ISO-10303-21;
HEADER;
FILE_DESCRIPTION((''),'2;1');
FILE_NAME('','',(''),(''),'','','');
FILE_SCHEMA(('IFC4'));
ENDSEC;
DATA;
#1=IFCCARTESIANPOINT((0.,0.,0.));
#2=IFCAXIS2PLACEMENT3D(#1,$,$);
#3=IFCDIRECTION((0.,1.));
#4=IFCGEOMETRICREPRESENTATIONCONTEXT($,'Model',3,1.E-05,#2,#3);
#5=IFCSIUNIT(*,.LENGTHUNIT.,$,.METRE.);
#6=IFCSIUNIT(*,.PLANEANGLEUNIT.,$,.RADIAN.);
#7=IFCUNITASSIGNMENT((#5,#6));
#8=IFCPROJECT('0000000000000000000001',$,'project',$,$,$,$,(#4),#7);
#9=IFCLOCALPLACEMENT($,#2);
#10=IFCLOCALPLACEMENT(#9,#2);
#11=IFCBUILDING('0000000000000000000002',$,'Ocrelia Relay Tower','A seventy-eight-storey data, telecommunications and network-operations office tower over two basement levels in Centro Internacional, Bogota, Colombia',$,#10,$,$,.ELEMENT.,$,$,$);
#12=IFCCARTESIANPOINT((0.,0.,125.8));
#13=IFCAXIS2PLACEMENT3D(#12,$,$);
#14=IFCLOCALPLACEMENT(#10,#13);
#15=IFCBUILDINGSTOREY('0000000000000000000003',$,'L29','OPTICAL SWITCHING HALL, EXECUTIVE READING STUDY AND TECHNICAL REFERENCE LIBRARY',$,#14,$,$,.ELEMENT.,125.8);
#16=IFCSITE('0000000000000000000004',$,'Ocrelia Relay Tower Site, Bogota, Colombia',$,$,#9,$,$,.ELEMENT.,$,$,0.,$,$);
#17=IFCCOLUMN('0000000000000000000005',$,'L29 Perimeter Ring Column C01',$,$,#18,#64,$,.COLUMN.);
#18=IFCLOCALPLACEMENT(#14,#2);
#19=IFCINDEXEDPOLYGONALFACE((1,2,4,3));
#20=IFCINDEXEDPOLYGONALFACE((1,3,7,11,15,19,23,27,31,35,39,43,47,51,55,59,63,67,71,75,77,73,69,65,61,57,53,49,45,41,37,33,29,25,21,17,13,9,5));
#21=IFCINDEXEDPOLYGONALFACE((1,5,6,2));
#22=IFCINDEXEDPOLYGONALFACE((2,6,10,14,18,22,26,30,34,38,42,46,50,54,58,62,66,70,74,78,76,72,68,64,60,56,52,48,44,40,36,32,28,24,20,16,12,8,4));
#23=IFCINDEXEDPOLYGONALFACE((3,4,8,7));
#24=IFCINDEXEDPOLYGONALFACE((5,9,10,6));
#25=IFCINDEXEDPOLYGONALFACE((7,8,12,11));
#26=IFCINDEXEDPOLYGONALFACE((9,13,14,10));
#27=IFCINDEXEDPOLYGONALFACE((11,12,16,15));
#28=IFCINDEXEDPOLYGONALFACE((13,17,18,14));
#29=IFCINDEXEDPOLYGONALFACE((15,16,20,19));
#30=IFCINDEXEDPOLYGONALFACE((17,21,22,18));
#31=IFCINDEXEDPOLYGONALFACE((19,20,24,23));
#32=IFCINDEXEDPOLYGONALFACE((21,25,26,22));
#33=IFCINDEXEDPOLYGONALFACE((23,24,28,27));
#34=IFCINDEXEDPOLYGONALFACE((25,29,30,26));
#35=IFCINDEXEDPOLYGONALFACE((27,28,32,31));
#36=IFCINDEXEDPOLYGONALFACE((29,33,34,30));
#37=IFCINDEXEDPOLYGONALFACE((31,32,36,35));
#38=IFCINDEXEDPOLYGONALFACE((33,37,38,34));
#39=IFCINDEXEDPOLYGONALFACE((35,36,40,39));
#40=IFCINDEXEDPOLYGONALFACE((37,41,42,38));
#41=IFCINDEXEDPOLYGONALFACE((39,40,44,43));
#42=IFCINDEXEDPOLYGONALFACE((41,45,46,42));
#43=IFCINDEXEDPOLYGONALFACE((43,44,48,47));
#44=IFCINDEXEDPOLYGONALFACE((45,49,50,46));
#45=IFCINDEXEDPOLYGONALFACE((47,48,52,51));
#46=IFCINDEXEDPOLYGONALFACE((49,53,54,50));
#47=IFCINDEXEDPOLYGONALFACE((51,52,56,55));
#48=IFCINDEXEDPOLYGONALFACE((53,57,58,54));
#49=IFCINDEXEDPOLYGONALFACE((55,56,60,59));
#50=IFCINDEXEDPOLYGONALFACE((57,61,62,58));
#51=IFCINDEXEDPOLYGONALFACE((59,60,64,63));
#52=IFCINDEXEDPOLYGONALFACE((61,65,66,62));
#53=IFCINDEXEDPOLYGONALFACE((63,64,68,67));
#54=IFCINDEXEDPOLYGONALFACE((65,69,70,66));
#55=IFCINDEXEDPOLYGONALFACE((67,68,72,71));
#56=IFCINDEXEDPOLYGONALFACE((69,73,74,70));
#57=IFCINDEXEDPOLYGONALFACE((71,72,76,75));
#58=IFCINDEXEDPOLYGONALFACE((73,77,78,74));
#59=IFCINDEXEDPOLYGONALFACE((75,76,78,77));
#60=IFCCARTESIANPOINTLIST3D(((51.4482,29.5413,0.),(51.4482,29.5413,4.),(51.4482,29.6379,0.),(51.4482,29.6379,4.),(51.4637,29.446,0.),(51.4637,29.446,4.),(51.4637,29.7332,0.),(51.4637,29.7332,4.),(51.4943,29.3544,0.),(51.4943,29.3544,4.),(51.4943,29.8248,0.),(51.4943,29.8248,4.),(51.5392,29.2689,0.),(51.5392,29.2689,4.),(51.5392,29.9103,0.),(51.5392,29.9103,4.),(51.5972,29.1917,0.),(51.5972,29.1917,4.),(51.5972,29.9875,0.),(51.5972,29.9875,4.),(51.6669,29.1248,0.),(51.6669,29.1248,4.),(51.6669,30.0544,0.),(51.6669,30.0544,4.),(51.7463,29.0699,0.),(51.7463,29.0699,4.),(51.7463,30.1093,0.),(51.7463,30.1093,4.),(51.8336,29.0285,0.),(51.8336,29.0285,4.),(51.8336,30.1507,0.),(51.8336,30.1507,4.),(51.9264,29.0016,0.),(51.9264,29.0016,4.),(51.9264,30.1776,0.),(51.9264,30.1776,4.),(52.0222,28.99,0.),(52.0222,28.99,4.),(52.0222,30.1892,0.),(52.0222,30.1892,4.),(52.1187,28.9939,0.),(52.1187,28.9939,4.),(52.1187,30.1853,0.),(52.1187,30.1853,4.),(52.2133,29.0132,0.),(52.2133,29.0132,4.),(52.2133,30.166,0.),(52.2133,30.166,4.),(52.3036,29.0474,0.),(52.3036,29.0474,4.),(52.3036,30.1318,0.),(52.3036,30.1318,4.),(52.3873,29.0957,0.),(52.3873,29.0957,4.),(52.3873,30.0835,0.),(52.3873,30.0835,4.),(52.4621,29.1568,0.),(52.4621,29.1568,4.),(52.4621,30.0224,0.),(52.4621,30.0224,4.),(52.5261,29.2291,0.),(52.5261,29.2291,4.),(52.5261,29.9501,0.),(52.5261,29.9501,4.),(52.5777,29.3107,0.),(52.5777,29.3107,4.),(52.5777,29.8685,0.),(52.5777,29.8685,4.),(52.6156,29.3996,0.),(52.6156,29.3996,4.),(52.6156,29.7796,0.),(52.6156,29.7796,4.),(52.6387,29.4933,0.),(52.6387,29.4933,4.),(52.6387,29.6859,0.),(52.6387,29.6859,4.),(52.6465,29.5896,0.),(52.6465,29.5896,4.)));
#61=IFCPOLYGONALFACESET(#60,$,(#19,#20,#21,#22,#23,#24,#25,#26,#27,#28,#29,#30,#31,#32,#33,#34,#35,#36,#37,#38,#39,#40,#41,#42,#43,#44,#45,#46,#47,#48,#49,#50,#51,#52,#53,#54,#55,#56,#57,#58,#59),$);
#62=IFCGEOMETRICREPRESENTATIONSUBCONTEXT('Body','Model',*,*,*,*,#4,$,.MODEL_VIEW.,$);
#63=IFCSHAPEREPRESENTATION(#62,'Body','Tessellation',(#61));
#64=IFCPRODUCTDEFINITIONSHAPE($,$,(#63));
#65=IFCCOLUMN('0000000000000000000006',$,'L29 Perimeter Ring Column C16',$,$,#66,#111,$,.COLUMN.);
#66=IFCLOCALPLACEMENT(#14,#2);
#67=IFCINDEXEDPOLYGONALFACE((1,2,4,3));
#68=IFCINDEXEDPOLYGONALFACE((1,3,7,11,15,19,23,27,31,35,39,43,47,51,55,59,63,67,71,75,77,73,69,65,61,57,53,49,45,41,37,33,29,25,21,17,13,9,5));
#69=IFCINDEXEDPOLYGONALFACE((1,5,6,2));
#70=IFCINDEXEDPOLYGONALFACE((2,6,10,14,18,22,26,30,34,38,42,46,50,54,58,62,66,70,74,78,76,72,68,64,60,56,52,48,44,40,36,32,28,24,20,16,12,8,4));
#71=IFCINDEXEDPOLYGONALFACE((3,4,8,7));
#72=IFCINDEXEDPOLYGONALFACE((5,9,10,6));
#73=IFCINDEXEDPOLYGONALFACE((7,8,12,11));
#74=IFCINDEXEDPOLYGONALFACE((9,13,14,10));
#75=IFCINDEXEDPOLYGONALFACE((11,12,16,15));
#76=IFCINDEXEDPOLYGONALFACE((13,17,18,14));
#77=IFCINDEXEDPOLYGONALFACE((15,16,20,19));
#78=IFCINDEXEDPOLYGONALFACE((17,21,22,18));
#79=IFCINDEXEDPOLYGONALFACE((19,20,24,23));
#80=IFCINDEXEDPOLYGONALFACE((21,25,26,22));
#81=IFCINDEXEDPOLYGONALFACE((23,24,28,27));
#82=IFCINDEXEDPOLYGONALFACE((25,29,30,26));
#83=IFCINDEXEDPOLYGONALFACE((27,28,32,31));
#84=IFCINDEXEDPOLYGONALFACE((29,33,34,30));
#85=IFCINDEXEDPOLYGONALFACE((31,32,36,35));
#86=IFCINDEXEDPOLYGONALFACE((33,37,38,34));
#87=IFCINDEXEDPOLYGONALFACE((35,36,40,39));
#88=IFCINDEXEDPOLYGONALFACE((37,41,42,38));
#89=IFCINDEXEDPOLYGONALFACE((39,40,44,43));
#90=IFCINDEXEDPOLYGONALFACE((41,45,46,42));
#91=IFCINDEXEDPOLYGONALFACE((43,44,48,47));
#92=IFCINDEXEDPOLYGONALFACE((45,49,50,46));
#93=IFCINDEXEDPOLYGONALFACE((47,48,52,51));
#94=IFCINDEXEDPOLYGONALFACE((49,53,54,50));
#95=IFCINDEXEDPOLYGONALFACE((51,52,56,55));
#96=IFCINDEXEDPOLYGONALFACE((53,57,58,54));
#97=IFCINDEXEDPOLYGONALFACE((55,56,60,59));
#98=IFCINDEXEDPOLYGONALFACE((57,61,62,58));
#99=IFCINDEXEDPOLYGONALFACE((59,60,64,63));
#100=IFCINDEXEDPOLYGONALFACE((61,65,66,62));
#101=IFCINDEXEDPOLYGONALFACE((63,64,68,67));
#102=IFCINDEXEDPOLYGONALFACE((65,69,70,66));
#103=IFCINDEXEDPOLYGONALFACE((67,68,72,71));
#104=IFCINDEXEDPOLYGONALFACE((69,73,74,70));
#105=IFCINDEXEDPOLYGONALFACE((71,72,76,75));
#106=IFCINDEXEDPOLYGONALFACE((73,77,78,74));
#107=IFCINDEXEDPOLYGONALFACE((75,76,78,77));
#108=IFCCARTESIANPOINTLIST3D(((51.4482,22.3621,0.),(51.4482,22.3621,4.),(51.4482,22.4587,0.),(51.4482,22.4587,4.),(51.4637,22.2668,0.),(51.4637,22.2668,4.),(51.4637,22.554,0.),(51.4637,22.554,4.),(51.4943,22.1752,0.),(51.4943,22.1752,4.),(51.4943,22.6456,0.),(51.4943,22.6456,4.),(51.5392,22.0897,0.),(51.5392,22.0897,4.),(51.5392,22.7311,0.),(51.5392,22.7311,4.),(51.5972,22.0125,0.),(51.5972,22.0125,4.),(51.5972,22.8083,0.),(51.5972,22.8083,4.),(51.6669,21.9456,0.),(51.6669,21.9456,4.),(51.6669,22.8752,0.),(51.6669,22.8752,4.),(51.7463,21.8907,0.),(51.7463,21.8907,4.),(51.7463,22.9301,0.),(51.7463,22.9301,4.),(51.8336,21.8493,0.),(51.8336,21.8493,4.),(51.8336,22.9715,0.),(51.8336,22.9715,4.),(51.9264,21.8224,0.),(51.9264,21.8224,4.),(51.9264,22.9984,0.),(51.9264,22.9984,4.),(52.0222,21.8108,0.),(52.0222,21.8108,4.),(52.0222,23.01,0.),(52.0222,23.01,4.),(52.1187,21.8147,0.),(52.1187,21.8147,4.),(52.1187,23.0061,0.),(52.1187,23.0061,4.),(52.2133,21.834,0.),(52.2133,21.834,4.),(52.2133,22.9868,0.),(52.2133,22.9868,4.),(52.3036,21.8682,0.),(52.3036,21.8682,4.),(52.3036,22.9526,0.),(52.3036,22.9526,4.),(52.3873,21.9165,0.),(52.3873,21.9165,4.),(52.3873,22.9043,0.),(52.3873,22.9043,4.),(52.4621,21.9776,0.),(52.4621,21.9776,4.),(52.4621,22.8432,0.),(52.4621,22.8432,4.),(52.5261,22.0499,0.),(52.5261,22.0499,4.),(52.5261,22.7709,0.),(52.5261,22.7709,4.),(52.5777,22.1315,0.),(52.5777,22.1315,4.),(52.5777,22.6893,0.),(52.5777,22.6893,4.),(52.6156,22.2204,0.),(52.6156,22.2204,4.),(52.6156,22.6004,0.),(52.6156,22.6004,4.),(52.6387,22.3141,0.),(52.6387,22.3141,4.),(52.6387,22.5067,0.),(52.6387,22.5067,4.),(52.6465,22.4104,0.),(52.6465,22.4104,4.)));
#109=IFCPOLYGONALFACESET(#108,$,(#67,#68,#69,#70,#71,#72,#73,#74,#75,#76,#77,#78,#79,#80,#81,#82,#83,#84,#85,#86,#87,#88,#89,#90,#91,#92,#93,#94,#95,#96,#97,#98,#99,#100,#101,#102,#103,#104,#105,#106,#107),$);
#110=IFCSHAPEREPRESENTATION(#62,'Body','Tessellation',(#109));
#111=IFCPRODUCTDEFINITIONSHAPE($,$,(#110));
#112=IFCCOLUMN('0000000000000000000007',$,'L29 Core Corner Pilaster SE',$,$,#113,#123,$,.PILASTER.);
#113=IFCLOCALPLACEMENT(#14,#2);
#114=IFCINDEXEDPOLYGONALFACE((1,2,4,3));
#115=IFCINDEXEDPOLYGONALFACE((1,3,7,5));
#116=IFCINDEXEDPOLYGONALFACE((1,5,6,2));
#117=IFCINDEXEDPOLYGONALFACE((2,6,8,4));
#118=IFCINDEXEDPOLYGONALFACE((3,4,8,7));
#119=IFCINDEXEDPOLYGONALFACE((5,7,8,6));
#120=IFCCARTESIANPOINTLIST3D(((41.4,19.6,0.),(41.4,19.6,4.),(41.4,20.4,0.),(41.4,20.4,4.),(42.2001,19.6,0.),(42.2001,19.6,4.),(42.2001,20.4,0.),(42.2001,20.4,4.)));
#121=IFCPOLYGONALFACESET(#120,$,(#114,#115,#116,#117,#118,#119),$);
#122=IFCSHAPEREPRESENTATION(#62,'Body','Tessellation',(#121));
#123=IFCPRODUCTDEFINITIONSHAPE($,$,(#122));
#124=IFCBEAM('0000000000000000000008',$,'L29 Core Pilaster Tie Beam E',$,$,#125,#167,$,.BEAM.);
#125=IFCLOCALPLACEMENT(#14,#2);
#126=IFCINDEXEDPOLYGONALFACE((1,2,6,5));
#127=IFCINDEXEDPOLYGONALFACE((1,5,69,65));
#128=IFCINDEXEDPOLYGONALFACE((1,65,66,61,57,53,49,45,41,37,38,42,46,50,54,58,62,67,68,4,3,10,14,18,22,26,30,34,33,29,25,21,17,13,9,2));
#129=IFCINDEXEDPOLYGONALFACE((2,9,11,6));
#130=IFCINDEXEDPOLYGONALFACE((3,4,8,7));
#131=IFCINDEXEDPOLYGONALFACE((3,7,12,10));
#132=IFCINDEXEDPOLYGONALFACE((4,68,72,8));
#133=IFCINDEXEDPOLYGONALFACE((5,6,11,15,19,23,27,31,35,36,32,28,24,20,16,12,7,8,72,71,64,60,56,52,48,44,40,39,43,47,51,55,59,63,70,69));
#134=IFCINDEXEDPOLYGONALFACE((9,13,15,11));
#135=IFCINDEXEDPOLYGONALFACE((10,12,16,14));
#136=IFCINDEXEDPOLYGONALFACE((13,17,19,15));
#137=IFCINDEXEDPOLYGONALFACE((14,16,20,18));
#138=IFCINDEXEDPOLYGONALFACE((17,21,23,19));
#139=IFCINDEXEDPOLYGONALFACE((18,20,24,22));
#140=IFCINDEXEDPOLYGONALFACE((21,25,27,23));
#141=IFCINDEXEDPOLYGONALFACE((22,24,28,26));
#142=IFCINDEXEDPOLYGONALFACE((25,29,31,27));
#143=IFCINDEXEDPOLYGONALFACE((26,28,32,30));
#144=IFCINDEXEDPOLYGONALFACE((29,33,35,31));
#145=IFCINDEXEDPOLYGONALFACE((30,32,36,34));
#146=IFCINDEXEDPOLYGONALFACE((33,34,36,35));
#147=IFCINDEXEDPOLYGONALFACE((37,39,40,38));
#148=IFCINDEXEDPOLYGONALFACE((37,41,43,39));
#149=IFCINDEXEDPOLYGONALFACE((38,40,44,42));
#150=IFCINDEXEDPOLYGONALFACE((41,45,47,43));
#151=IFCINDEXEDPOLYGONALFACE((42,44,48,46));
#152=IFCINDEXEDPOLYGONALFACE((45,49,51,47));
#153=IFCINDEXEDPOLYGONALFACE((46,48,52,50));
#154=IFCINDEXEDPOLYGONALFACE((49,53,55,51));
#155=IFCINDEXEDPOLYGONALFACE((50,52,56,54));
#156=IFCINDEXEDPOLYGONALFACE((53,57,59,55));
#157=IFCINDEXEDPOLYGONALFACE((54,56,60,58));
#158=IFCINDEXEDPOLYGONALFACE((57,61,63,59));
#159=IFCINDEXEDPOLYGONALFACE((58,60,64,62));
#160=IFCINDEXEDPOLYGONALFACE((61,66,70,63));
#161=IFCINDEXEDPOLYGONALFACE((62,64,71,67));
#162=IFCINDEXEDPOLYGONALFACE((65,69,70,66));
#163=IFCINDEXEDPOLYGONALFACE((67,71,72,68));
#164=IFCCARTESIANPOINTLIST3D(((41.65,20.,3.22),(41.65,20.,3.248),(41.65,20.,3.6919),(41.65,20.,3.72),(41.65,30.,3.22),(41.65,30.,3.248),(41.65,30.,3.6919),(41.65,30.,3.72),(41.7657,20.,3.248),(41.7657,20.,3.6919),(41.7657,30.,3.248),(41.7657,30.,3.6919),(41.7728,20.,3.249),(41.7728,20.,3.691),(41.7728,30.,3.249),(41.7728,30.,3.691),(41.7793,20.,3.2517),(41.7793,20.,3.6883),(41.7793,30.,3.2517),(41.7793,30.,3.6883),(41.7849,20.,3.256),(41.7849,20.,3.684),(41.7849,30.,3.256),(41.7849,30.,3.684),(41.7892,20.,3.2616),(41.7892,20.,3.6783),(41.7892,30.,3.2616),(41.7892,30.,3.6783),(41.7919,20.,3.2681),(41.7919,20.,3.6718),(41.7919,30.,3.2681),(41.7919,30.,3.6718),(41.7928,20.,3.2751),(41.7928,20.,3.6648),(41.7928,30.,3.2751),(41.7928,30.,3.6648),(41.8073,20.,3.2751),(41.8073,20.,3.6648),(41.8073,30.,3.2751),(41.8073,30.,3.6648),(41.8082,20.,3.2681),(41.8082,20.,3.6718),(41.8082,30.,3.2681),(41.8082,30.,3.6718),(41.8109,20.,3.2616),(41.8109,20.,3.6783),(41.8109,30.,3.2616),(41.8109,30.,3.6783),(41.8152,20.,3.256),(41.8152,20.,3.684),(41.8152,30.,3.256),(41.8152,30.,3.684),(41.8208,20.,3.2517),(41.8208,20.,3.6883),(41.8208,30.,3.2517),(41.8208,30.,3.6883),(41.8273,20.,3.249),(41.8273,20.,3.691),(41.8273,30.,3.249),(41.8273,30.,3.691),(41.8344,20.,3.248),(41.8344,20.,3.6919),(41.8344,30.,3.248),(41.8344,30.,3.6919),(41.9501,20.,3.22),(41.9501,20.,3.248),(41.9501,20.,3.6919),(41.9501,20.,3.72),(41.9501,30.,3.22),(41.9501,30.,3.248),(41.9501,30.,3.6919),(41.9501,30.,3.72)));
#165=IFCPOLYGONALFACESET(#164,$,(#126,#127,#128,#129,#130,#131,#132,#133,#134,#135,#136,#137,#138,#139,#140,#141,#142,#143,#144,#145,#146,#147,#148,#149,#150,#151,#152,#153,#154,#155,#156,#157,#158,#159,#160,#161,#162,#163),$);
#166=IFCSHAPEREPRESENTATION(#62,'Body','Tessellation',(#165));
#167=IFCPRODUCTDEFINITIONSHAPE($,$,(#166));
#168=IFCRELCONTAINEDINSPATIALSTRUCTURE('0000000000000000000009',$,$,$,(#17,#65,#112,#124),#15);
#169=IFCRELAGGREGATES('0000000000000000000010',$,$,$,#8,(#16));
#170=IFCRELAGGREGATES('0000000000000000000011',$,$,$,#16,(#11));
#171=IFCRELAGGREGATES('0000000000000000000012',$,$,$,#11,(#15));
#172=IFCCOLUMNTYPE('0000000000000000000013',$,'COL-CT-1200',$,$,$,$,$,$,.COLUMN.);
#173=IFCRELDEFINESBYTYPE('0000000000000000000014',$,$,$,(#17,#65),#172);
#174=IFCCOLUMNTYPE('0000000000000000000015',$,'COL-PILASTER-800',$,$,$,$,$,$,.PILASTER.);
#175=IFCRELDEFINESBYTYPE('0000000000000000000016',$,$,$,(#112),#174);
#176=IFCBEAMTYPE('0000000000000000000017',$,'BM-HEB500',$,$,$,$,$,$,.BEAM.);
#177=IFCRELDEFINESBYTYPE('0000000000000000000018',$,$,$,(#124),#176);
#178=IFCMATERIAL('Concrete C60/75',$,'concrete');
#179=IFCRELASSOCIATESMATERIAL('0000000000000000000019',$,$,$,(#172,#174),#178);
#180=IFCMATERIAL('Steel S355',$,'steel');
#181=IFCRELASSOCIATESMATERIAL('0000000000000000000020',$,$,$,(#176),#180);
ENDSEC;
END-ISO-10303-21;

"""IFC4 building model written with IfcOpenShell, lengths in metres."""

from ifc_helpers import new_model, si_unit, direction, frame, origin, origin_2d, place, context, subcontext, project, spatial, rectangle, circle, i_section, extrude, material, material_profile, profile_set, type_object, element, save


model = new_model("IFC4")

# Units and contexts
model_context = context("Model", 3, precision=1e-05, world=origin(), true_north=direction((0.0, 1.0)))
body_context = subcontext(model_context, "Body", "Model", "MODEL_VIEW")
ifc_project = project(units=[si_unit("LENGTHUNIT", "METRE"), si_unit("PLANEANGLEUNIT", "RADIAN")], contexts=[model_context])

# Site, building, storey
site_placement = place(None, origin())
site = spatial("IfcSite", under=ifc_project, at=site_placement, Name="Ocrelia Relay Tower Site, Bogota, Colombia", CompositionType="ELEMENT", RefElevation=0.0)
building_placement = place(site_placement, origin())
building = spatial("IfcBuilding", under=site, at=building_placement, Name="Ocrelia Relay Tower", Description="A seventy-eight-storey data, telecommunications and network-operations office tower over two basement levels in Centro Internacional, Bogota, Colombia", CompositionType="ELEMENT")
storey_placement = place(building_placement, frame((0.0, 0.0, 125.8)))
storey = spatial("IfcBuildingStorey", under=building, at=storey_placement, Name="L29", Description="OPTICAL SWITCHING HALL, EXECUTIVE READING STUDY AND TECHNICAL REFERENCE LIBRARY", CompositionType="ELEMENT", Elevation=125.8)

# Columns
ifc_material_1 = material(Name="Concrete C60/75", Category="concrete")
ifc_material_profile_1 = material_profile(ifc_material_1, circle(Radius=0.6001, at=origin_2d()), Name="RC-CIR-1200")
ifc_profile_set_1 = profile_set([ifc_material_profile_1], Name="Concrete C60/75")
column_type_1 = type_object("IfcColumnType", Name="COL-CT-1200", PredefinedType="COLUMN", material=ifc_profile_set_1)
for number, where, z_axis, x_axis, name in (
    (1, (52.0464, 29.5896, 0.0), (0.0, 0.0, 1.0), (1.0, 0.0, 0.0), "L29 Perimeter Ring Column C01"),
    (2, (52.0464, 22.4104, 0.0), (0.0, 0.0, 1.0), (1.0, 0.0, 0.0), "L29 Perimeter Ring Column C16"),
):
    element("IfcColumn", number, at=place(storey_placement, frame(where, z_axis=z_axis, x_axis=x_axis)), inside=storey, type_object=column_type_1, Name=name, PredefinedType="COLUMN", context=body_context, shape_type="SweptSolid", body=[
        extrude(circle(Radius=0.6001, at=origin_2d()), origin(), (0.0, 0.0, 1.0), 4.0),
    ])
ifc_material_profile_2 = material_profile(ifc_material_1, rectangle(XDim=0.8, YDim=0.8, at=origin_2d()), Name="RC-COL-800x800")
ifc_profile_set_2 = profile_set([ifc_material_profile_2], Name="Concrete C60/75")
column_type_2 = type_object("IfcColumnType", Name="COL-PILASTER-800", PredefinedType="PILASTER", material=ifc_profile_set_2)
column_placement = place(storey_placement, frame((41.8, 20.0, 0.0), z_axis=(0.0, 0.0, 1.0), x_axis=(1.0, 0.0, 0.0)))
element("IfcColumn", 3, at=column_placement, inside=storey, type_object=column_type_2, Name="L29 Core Corner Pilaster SE", PredefinedType="PILASTER", context=body_context, shape_type="SweptSolid", body=[
    extrude(rectangle(XDim=0.8, YDim=0.8, at=origin_2d()), origin(), (0.0, 0.0, 1.0), 4.0),
])

# Beam
ifc_material_2 = material(Name="Steel S355", Category="steel")
ifc_material_profile_3 = material_profile(ifc_material_2, i_section(OverallWidth=0.3, OverallDepth=0.5, WebThickness=0.0144, FlangeThickness=0.0281, FilletRadius=0.0271, at=origin_2d()), Name="HEB 500")
ifc_profile_set_3 = profile_set([ifc_material_profile_3], Name="Steel S355")
beam_type_1 = type_object("IfcBeamType", Name="BM-HEB500", PredefinedType="BEAM", material=ifc_profile_set_3)
beam_1_placement = place(storey_placement, frame((41.8, 20.0, 3.47), z_axis=(0.0, 1.0, 0.0), x_axis=(-1.0, 0.0, 0.0)))
element("IfcBeam", 4, at=beam_1_placement, inside=storey, type_object=beam_type_1, Name="L29 Core Pilaster Tie Beam E", PredefinedType="BEAM", context=body_context, shape_type="SweptSolid", body=[
    extrude(i_section(OverallWidth=0.3, OverallDepth=0.5, WebThickness=0.0144, FlangeThickness=0.0281, FilletRadius=0.0271, at=origin_2d()), origin(), (0.0, 0.0, 1.0), 10.0),
])

save(model, "model.ifc")
